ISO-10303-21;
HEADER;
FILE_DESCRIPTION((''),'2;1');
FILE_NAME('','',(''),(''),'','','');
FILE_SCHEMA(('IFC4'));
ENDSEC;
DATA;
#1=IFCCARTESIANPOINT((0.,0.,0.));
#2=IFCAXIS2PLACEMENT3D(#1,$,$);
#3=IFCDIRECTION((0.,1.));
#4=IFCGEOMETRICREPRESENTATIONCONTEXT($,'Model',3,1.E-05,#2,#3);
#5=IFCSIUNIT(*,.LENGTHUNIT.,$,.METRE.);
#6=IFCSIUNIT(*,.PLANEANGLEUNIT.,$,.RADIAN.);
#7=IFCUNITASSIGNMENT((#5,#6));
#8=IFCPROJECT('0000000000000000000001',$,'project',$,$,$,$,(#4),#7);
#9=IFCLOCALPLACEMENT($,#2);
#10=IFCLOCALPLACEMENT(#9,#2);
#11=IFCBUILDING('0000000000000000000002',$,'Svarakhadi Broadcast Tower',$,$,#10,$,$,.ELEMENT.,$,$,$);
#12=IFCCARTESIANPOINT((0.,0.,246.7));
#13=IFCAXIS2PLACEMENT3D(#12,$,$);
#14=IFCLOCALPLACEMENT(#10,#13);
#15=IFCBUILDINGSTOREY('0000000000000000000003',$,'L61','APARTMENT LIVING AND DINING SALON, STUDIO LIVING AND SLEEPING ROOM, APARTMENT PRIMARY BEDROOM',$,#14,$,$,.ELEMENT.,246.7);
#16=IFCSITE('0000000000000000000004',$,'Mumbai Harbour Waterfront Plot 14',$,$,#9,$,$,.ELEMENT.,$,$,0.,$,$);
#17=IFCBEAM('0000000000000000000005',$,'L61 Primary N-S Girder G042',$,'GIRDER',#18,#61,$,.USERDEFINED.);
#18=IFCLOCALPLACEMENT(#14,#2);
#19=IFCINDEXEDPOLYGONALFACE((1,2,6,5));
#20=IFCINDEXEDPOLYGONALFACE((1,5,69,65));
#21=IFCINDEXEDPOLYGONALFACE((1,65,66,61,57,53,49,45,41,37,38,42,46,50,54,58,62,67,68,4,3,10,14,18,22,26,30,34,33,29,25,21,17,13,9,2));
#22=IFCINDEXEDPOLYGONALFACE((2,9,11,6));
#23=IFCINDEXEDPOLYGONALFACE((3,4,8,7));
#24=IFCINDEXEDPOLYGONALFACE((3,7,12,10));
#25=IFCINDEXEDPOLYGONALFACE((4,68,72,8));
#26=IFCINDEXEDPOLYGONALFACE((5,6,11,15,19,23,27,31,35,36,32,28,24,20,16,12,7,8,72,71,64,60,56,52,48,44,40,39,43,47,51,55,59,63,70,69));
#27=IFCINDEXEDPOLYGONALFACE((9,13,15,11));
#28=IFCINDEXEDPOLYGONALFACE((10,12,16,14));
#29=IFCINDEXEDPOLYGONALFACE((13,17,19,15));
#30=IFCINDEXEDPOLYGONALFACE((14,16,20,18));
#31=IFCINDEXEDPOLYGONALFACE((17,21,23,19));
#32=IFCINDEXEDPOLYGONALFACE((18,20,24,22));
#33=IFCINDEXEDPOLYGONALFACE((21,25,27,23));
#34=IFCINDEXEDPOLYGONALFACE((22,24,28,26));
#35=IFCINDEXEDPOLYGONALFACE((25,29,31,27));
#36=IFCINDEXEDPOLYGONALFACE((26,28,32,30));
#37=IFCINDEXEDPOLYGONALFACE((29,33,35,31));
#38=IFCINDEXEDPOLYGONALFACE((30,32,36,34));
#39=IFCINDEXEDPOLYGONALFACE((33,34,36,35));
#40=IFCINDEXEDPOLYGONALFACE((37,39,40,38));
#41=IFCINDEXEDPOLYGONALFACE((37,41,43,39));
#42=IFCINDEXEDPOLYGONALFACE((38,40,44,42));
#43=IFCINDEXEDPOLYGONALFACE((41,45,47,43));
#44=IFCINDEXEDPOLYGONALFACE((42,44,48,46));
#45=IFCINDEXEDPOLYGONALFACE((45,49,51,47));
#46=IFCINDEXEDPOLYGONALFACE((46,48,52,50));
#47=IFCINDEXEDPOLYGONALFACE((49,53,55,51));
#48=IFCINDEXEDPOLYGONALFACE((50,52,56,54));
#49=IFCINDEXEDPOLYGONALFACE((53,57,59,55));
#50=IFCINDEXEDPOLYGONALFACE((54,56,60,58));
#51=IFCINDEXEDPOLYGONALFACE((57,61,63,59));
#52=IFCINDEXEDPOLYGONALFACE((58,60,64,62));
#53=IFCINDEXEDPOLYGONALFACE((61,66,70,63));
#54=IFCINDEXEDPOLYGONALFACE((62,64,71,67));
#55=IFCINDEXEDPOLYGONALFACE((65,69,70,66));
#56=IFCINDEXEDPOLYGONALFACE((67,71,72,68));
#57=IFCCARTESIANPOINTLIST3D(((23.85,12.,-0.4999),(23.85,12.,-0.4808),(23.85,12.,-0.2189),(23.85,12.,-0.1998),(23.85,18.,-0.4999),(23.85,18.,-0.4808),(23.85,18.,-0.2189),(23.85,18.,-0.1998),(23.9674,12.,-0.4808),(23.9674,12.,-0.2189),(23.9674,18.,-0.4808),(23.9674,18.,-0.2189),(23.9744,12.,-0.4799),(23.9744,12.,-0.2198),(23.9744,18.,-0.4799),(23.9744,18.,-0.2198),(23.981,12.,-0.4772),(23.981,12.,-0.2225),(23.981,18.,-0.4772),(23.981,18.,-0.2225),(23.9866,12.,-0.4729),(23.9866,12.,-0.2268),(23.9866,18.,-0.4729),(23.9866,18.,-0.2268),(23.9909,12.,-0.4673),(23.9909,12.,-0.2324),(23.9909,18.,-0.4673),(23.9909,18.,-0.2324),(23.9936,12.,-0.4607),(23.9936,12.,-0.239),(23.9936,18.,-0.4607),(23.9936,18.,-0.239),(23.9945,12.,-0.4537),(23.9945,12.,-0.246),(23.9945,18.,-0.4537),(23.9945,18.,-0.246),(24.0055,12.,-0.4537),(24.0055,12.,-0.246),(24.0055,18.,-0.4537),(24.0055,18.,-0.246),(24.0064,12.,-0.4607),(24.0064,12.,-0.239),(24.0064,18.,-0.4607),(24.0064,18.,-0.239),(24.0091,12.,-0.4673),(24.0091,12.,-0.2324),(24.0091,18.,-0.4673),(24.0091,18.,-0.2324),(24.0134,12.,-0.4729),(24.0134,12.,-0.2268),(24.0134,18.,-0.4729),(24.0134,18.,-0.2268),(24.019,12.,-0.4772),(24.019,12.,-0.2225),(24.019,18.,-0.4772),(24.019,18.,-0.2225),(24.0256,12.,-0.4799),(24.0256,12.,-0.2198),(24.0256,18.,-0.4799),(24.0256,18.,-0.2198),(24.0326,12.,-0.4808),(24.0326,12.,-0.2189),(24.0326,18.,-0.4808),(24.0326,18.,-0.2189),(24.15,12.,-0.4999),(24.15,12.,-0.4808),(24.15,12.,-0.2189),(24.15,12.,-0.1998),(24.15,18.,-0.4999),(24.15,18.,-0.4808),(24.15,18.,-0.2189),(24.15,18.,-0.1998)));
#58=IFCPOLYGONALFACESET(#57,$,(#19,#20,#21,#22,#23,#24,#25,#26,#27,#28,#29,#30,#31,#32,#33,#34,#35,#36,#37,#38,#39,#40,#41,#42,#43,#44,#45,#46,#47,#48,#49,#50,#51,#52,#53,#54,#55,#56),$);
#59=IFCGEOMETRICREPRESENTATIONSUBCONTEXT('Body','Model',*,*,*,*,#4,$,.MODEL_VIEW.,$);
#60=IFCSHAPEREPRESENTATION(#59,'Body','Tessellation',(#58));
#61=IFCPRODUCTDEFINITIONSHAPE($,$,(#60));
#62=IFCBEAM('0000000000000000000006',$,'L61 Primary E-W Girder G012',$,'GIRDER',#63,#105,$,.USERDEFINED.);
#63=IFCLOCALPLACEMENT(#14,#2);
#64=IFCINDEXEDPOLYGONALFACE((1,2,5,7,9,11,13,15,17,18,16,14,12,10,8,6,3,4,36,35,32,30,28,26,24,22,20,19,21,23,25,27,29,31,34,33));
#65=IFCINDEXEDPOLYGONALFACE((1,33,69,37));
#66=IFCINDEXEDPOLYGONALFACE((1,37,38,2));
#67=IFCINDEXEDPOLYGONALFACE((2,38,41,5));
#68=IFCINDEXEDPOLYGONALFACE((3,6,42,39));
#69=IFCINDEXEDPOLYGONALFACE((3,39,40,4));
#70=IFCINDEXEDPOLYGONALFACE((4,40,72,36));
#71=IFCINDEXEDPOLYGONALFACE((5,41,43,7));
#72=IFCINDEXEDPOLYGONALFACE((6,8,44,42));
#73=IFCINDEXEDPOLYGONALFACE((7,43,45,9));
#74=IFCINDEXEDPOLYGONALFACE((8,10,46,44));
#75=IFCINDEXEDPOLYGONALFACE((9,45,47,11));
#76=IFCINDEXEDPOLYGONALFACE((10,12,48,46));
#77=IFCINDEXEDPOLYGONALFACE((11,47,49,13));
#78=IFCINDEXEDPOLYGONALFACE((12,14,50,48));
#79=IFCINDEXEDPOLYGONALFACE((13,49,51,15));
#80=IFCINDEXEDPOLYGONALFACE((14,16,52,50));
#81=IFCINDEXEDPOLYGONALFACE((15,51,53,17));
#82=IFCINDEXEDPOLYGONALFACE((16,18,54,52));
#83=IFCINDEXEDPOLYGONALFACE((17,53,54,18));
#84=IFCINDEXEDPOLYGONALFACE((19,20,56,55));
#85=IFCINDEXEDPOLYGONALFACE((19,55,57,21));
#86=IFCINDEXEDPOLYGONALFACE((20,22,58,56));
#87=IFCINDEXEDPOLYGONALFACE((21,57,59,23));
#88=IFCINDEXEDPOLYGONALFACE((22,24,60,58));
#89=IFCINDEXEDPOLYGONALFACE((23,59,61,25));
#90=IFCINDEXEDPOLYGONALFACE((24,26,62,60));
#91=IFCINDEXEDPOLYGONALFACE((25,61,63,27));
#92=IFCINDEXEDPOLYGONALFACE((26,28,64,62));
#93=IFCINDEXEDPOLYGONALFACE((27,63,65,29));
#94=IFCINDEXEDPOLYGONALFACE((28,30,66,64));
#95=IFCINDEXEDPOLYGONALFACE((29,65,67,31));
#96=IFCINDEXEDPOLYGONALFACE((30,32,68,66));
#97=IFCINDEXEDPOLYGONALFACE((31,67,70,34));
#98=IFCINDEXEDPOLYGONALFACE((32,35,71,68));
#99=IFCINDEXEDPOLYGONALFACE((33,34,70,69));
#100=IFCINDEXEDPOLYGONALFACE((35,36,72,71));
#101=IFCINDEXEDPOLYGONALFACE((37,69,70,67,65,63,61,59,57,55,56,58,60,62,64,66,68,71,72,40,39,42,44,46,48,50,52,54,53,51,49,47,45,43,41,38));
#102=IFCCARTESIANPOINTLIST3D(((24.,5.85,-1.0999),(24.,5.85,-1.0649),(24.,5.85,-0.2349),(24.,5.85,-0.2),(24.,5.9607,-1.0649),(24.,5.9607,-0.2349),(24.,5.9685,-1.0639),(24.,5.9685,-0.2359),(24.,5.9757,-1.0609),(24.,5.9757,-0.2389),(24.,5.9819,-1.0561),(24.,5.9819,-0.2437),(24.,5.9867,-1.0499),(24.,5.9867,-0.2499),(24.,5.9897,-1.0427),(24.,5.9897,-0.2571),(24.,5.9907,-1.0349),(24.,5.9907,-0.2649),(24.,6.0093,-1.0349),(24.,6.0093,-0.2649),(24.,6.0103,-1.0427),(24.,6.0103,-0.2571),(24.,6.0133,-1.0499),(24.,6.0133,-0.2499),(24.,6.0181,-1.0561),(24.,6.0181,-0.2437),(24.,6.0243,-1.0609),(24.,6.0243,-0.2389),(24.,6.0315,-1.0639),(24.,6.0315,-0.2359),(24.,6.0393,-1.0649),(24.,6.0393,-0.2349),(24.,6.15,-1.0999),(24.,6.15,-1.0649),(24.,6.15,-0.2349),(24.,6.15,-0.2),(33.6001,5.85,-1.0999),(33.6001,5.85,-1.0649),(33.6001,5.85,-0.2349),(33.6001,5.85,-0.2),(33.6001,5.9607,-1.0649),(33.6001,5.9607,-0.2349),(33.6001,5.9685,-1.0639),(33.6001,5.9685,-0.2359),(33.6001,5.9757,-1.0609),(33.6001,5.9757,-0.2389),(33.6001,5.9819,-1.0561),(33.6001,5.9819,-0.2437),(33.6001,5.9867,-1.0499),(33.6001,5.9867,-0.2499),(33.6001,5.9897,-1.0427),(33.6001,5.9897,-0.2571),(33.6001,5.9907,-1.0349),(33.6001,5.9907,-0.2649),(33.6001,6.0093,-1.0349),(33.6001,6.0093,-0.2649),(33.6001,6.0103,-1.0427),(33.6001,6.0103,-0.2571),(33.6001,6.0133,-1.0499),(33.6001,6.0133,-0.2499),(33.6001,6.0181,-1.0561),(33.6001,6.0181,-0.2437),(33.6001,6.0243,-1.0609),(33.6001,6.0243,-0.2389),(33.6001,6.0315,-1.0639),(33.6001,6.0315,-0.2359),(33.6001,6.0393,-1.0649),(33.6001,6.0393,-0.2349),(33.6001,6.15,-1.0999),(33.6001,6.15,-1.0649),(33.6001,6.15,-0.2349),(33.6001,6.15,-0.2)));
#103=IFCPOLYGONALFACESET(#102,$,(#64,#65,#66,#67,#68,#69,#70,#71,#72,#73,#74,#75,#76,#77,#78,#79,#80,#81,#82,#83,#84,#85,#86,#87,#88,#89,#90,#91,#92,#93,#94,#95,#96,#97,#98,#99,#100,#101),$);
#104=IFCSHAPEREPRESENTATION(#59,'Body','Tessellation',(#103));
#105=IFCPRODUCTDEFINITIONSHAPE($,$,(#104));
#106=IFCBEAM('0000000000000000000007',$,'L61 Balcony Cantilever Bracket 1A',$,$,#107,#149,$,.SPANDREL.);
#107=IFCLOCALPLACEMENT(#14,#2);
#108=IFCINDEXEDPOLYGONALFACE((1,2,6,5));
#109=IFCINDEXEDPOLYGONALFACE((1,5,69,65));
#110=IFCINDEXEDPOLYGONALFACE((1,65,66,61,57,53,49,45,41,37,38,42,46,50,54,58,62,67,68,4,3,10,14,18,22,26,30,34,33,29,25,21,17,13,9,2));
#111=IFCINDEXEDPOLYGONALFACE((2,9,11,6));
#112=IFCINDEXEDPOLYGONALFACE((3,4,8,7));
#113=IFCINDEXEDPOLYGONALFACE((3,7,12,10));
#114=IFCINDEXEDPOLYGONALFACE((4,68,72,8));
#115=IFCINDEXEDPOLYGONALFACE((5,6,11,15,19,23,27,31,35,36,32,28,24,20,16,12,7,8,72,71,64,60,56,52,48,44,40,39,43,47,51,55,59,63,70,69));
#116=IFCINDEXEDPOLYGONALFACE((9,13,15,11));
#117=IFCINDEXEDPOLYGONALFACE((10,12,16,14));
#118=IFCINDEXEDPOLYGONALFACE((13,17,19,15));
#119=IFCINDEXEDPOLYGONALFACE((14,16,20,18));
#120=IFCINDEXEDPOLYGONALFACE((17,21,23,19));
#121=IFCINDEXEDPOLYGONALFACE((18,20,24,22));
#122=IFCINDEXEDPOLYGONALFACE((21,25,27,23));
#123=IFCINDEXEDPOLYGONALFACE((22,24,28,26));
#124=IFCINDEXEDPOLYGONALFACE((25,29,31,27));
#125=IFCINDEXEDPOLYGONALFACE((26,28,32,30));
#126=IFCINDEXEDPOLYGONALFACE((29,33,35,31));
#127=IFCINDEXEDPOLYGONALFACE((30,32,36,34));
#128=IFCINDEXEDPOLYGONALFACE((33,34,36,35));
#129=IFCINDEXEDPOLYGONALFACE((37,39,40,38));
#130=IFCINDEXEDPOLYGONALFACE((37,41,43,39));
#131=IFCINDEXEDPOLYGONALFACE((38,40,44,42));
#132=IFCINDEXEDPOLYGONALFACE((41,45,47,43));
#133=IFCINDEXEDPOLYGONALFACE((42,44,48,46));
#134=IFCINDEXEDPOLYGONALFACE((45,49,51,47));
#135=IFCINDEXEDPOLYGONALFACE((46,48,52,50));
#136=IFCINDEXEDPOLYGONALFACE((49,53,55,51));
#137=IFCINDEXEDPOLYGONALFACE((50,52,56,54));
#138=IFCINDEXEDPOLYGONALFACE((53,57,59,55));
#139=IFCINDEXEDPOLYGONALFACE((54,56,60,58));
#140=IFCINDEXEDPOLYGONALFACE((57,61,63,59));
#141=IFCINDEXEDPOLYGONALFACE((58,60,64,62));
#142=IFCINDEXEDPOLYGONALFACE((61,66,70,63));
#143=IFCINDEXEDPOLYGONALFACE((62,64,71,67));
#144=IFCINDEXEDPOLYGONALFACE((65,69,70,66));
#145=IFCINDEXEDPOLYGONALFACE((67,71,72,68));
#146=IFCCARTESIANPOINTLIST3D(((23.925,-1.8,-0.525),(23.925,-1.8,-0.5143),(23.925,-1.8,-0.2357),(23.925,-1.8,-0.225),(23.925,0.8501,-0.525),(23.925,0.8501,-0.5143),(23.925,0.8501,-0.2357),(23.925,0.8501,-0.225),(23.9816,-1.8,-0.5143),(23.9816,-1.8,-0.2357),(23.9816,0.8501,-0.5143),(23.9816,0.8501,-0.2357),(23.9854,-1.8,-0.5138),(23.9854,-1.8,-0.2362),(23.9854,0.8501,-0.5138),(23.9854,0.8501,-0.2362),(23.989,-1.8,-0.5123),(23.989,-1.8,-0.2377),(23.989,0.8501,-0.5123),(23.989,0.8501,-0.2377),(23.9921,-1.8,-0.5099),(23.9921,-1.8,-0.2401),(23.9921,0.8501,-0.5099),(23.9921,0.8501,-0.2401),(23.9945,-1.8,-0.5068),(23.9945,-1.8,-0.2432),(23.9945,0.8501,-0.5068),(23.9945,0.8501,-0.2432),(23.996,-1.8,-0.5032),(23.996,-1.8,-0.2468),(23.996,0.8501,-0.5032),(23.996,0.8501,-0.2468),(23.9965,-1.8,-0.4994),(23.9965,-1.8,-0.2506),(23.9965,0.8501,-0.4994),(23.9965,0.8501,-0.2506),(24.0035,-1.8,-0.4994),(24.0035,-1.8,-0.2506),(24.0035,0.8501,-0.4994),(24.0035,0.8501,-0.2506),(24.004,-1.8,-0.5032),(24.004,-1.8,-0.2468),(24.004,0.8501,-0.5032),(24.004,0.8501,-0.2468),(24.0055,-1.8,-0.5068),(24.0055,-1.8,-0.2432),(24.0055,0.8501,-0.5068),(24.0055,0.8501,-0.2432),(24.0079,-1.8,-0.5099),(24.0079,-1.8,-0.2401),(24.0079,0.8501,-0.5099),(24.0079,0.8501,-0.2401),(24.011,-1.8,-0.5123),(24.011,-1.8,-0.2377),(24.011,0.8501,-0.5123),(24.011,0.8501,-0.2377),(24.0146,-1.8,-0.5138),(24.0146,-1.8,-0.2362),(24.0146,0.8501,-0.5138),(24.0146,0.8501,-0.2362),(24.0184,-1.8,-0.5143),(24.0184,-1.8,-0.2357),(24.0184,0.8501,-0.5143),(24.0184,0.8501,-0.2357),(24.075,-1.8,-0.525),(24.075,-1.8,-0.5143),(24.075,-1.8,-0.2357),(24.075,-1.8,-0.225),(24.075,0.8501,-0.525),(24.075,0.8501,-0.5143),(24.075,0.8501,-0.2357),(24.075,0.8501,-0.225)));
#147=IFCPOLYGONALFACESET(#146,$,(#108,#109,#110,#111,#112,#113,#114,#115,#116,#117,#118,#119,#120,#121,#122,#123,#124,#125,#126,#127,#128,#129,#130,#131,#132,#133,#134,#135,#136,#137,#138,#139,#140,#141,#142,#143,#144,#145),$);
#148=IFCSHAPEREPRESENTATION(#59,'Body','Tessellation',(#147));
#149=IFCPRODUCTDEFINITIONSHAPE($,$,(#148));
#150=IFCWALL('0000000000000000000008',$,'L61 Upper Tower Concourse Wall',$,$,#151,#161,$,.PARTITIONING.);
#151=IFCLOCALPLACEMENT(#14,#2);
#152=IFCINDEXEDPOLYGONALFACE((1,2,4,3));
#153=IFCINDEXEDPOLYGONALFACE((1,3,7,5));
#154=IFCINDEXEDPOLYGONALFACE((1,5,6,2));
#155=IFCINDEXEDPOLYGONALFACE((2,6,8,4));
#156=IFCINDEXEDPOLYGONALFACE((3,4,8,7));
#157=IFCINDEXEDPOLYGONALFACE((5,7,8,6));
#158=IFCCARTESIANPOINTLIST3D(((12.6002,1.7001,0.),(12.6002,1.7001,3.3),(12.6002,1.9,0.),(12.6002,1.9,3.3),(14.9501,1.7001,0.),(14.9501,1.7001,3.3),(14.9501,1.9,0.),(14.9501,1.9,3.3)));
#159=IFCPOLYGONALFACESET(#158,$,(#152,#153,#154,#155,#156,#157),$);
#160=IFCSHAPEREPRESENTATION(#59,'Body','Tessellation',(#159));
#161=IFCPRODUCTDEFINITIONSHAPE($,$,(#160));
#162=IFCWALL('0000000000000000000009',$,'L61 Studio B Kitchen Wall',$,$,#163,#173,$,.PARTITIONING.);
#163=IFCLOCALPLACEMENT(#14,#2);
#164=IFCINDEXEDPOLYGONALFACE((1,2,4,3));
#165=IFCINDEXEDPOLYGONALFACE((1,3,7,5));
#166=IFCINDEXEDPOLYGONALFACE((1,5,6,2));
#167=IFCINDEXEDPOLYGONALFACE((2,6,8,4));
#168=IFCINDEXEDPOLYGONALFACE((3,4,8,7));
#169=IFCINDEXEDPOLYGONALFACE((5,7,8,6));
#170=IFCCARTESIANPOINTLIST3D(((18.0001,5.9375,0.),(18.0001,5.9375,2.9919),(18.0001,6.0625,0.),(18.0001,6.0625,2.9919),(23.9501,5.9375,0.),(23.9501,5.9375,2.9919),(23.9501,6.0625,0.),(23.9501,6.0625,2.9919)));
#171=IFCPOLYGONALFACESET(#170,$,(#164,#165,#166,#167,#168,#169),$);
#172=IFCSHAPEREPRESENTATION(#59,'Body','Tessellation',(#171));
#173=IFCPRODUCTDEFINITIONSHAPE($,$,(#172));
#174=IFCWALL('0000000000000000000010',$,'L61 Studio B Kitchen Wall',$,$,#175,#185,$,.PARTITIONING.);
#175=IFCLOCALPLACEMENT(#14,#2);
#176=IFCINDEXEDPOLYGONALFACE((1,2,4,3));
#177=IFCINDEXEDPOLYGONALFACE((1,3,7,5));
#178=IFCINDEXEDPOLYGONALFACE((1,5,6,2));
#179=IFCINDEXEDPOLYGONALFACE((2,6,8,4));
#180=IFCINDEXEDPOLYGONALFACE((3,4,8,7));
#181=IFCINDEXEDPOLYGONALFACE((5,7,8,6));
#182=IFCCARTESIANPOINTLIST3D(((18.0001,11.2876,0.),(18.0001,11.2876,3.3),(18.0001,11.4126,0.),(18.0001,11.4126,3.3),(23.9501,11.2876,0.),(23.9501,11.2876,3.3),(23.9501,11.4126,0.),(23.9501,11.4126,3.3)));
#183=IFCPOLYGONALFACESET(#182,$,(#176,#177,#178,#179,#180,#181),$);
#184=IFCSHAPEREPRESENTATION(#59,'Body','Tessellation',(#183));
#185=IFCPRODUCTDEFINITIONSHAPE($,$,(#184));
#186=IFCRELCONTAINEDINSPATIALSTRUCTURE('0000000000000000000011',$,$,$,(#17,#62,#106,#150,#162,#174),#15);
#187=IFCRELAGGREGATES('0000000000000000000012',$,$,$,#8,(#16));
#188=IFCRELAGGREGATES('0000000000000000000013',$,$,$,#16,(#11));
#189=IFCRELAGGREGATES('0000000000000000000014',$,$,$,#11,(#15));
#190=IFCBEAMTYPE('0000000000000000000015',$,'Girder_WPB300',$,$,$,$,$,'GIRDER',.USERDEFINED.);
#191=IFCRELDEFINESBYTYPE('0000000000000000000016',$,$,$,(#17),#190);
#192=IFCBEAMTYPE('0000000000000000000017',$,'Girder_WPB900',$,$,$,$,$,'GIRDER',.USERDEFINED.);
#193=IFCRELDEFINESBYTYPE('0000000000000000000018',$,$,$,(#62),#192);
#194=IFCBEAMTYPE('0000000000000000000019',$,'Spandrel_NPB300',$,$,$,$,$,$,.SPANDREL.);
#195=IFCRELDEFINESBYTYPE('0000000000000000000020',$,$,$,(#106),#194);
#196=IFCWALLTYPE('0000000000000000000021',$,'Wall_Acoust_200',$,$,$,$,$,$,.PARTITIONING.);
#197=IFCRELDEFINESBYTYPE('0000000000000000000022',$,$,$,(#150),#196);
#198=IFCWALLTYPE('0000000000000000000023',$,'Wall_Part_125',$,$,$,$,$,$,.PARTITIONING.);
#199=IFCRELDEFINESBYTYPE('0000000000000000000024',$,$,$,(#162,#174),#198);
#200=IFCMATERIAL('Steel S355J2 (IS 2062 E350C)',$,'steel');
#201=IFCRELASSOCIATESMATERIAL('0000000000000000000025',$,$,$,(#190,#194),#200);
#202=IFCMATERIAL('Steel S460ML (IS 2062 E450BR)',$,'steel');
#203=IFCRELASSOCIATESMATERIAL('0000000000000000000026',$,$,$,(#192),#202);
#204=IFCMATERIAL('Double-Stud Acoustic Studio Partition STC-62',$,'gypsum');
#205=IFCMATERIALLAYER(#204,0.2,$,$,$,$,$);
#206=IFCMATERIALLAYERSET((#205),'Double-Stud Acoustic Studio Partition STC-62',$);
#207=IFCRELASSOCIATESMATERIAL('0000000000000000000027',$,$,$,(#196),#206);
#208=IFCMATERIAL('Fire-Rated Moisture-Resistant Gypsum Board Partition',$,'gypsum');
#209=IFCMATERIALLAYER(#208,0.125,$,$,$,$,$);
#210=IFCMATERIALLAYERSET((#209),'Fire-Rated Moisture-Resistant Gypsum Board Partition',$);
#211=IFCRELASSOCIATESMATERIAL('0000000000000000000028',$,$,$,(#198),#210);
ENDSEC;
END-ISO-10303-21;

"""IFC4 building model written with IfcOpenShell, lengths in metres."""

from ifc_helpers import new_model, si_unit, direction, frame, frame_2d, origin, origin_2d, place, context, subcontext, project, spatial, rectangle, i_section, extrude, material, layer, layer_set, material_profile, profile_set, type_object, element, save


model = new_model("IFC4")

# Units and contexts
model_context = context("Model", 3, precision=1e-05, world=origin(), true_north=direction((0.0, 1.0)))
body_context = subcontext(model_context, "Body", "Model", "MODEL_VIEW")
ifc_project = project(units=[si_unit("LENGTHUNIT", "METRE"), si_unit("PLANEANGLEUNIT", "RADIAN")], contexts=[model_context])

# Site, building, storey
site_placement = place(None, origin())
site = spatial("IfcSite", under=ifc_project, at=site_placement, Name="Mumbai Harbour Waterfront Plot 14", CompositionType="ELEMENT", RefElevation=0.0)
building_placement = place(site_placement, origin())
building = spatial("IfcBuilding", under=site, at=building_placement, Name="Svarakhadi Broadcast Tower", CompositionType="ELEMENT")
storey_placement = place(building_placement, frame((0.0, 0.0, 246.7)))
storey = spatial("IfcBuildingStorey", under=building, at=storey_placement, Name="L61", Description="APARTMENT LIVING AND DINING SALON, STUDIO LIVING AND SLEEPING ROOM, APARTMENT PRIMARY BEDROOM", CompositionType="ELEMENT", Elevation=246.7)

# Shared definitions
ifc_material_1 = material(Name="Steel S460ML (IS 2062 E450BR)", Category="steel")

# Beams
ifc_material_2 = material(Name="Steel S355J2 (IS 2062 E350C)", Category="steel")
ifc_material_profile_1 = material_profile(ifc_material_2, i_section(OverallWidth=0.3, OverallDepth=0.3, WebThickness=0.011, FlangeThickness=0.019, FilletRadius=0.0271, at=origin_2d()), Name="WPB 300x300x117")
ifc_profile_set_1 = profile_set([ifc_material_profile_1], Name="Steel S355J2 (IS 2062 E350C)")
beam_type_1 = type_object("IfcBeamType", Name="Girder_WPB300", ElementType="GIRDER", PredefinedType="USERDEFINED", material=ifc_profile_set_1)
for number, where, z_axis, x_axis, name in (
    (1, (24.0, 12.0, -0.3499), (0.0, 1.0, 0.0), (-1.0, 0.0, 0.0), "L61 Primary N-S Girder G042"),
):
    element("IfcBeam", number, at=place(storey_placement, frame(where, z_axis=z_axis, x_axis=x_axis)), inside=storey, type_object=beam_type_1, Name=name, ObjectType="GIRDER", PredefinedType="USERDEFINED", context=body_context, shape_type="SweptSolid", body=[
        extrude(i_section(OverallWidth=0.3, OverallDepth=0.3, WebThickness=0.011, FlangeThickness=0.019, FilletRadius=0.0271, at=origin_2d()), origin(), (0.0, 0.0, 1.0), 6.0),
    ])
ifc_material_profile_2 = material_profile(ifc_material_1, i_section(OverallWidth=0.3, OverallDepth=0.8999, WebThickness=0.0186, FlangeThickness=0.0349, FilletRadius=0.03, at=origin_2d()), Name="WPB 900x300x291")
ifc_profile_set_2 = profile_set([ifc_material_profile_2], Name="Steel S460ML (IS 2062 E450BR)")
beam_type_2 = type_object("IfcBeamType", Name="Girder_WPB900", ElementType="GIRDER", PredefinedType="USERDEFINED", material=ifc_profile_set_2)
beam_1_placement = place(storey_placement, frame((24.0, 6.0, -0.6499), z_axis=(1.0, 0.0, 0.0), x_axis=(0.0, 1.0, 0.0)))
element("IfcBeam", 2, at=beam_1_placement, inside=storey, type_object=beam_type_2, Name="L61 Primary E-W Girder G012", ObjectType="GIRDER", PredefinedType="USERDEFINED", context=body_context, shape_type="SweptSolid", body=[
    extrude(i_section(OverallWidth=0.3, OverallDepth=0.8999, WebThickness=0.0186, FlangeThickness=0.0349, FilletRadius=0.03, at=origin_2d()), origin(), (0.0, 0.0, 1.0), 9.6001),
])
ifc_material_profile_3 = material_profile(ifc_material_2, i_section(OverallWidth=0.1499, OverallDepth=0.3, WebThickness=0.0071, FlangeThickness=0.0107, FilletRadius=0.0149, at=origin_2d()), Name="NPB 300x150x37")
ifc_profile_set_3 = profile_set([ifc_material_profile_3], Name="Steel S355J2 (IS 2062 E350C)")
beam_type_3 = type_object("IfcBeamType", Name="Spandrel_NPB300", PredefinedType="SPANDREL", material=ifc_profile_set_3)
beam_2_placement = place(storey_placement, frame((24.0, 0.8501, -0.375), z_axis=(0.0, -1.0, 0.0), x_axis=(1.0, 0.0, 0.0)))
element("IfcBeam", 3, at=beam_2_placement, inside=storey, type_object=beam_type_3, Name="L61 Balcony Cantilever Bracket 1A", PredefinedType="SPANDREL", context=body_context, shape_type="SweptSolid", body=[
    extrude(i_section(OverallWidth=0.1499, OverallDepth=0.3, WebThickness=0.0071, FlangeThickness=0.0107, FilletRadius=0.0149, at=origin_2d()), origin(), (0.0, 0.0, 1.0), 2.6501),
])

# Walls
ifc_material_3 = material(Name="Double-Stud Acoustic Studio Partition STC-62", Category="gypsum")
ifc_layer_1 = layer(ifc_material_3, 0.2)
ifc_layer_set_1 = layer_set([ifc_layer_1], Name="Double-Stud Acoustic Studio Partition STC-62")
wall_type_1 = type_object("IfcWallType", Name="Wall_Acoust_200", PredefinedType="PARTITIONING", material=ifc_layer_set_1)
wall_1_placement = place(storey_placement, frame((14.95, 1.8, 0.0), z_axis=(0.0, 0.0, 1.0), x_axis=(-1.0, 0.0, 0.0)))
element("IfcWall", 4, at=wall_1_placement, inside=storey, type_object=wall_type_1, Name="L61 Upper Tower Concourse Wall", PredefinedType="PARTITIONING", context=body_context, shape_type="SweptSolid", body=[
    extrude(rectangle(XDim=2.3499, YDim=0.2, at=frame_2d((1.1748, 0.0))), origin(), (0.0, 0.0, 1.0), 3.3),
])
ifc_material_4 = material(Name="Fire-Rated Moisture-Resistant Gypsum Board Partition", Category="gypsum")
ifc_layer_2 = layer(ifc_material_4, 0.125)
ifc_layer_set_2 = layer_set([ifc_layer_2], Name="Fire-Rated Moisture-Resistant Gypsum Board Partition")
wall_type_2 = type_object("IfcWallType", Name="Wall_Part_125", PredefinedType="PARTITIONING", material=ifc_layer_set_2)
wall_2_placement = place(storey_placement, frame((18.0, 6.0, 0.0), z_axis=(0.0, 0.0, 1.0), x_axis=(1.0, 0.0, 0.0)))
element("IfcWall", 5, at=wall_2_placement, inside=storey, type_object=wall_type_2, Name="L61 Studio B Kitchen Wall", PredefinedType="PARTITIONING", context=body_context, shape_type="SweptSolid", body=[
    extrude(rectangle(XDim=5.95, YDim=0.125, at=frame_2d((2.9751, 0.0))), origin(), (0.0, 0.0, 1.0), 2.9919),
])
wall_3_placement = place(storey_placement, frame((18.0, 11.3501, 0.0), z_axis=(0.0, 0.0, 1.0), x_axis=(1.0, 0.0, 0.0)))
element("IfcWall", 6, at=wall_3_placement, inside=storey, type_object=wall_type_2, Name="L61 Studio B Kitchen Wall", PredefinedType="PARTITIONING", context=body_context, shape_type="SweptSolid", body=[
    extrude(rectangle(XDim=5.95, YDim=0.125, at=frame_2d((2.9751, 0.0))), origin(), (0.0, 0.0, 1.0), 3.3),
])

save(model, "model.ifc")
